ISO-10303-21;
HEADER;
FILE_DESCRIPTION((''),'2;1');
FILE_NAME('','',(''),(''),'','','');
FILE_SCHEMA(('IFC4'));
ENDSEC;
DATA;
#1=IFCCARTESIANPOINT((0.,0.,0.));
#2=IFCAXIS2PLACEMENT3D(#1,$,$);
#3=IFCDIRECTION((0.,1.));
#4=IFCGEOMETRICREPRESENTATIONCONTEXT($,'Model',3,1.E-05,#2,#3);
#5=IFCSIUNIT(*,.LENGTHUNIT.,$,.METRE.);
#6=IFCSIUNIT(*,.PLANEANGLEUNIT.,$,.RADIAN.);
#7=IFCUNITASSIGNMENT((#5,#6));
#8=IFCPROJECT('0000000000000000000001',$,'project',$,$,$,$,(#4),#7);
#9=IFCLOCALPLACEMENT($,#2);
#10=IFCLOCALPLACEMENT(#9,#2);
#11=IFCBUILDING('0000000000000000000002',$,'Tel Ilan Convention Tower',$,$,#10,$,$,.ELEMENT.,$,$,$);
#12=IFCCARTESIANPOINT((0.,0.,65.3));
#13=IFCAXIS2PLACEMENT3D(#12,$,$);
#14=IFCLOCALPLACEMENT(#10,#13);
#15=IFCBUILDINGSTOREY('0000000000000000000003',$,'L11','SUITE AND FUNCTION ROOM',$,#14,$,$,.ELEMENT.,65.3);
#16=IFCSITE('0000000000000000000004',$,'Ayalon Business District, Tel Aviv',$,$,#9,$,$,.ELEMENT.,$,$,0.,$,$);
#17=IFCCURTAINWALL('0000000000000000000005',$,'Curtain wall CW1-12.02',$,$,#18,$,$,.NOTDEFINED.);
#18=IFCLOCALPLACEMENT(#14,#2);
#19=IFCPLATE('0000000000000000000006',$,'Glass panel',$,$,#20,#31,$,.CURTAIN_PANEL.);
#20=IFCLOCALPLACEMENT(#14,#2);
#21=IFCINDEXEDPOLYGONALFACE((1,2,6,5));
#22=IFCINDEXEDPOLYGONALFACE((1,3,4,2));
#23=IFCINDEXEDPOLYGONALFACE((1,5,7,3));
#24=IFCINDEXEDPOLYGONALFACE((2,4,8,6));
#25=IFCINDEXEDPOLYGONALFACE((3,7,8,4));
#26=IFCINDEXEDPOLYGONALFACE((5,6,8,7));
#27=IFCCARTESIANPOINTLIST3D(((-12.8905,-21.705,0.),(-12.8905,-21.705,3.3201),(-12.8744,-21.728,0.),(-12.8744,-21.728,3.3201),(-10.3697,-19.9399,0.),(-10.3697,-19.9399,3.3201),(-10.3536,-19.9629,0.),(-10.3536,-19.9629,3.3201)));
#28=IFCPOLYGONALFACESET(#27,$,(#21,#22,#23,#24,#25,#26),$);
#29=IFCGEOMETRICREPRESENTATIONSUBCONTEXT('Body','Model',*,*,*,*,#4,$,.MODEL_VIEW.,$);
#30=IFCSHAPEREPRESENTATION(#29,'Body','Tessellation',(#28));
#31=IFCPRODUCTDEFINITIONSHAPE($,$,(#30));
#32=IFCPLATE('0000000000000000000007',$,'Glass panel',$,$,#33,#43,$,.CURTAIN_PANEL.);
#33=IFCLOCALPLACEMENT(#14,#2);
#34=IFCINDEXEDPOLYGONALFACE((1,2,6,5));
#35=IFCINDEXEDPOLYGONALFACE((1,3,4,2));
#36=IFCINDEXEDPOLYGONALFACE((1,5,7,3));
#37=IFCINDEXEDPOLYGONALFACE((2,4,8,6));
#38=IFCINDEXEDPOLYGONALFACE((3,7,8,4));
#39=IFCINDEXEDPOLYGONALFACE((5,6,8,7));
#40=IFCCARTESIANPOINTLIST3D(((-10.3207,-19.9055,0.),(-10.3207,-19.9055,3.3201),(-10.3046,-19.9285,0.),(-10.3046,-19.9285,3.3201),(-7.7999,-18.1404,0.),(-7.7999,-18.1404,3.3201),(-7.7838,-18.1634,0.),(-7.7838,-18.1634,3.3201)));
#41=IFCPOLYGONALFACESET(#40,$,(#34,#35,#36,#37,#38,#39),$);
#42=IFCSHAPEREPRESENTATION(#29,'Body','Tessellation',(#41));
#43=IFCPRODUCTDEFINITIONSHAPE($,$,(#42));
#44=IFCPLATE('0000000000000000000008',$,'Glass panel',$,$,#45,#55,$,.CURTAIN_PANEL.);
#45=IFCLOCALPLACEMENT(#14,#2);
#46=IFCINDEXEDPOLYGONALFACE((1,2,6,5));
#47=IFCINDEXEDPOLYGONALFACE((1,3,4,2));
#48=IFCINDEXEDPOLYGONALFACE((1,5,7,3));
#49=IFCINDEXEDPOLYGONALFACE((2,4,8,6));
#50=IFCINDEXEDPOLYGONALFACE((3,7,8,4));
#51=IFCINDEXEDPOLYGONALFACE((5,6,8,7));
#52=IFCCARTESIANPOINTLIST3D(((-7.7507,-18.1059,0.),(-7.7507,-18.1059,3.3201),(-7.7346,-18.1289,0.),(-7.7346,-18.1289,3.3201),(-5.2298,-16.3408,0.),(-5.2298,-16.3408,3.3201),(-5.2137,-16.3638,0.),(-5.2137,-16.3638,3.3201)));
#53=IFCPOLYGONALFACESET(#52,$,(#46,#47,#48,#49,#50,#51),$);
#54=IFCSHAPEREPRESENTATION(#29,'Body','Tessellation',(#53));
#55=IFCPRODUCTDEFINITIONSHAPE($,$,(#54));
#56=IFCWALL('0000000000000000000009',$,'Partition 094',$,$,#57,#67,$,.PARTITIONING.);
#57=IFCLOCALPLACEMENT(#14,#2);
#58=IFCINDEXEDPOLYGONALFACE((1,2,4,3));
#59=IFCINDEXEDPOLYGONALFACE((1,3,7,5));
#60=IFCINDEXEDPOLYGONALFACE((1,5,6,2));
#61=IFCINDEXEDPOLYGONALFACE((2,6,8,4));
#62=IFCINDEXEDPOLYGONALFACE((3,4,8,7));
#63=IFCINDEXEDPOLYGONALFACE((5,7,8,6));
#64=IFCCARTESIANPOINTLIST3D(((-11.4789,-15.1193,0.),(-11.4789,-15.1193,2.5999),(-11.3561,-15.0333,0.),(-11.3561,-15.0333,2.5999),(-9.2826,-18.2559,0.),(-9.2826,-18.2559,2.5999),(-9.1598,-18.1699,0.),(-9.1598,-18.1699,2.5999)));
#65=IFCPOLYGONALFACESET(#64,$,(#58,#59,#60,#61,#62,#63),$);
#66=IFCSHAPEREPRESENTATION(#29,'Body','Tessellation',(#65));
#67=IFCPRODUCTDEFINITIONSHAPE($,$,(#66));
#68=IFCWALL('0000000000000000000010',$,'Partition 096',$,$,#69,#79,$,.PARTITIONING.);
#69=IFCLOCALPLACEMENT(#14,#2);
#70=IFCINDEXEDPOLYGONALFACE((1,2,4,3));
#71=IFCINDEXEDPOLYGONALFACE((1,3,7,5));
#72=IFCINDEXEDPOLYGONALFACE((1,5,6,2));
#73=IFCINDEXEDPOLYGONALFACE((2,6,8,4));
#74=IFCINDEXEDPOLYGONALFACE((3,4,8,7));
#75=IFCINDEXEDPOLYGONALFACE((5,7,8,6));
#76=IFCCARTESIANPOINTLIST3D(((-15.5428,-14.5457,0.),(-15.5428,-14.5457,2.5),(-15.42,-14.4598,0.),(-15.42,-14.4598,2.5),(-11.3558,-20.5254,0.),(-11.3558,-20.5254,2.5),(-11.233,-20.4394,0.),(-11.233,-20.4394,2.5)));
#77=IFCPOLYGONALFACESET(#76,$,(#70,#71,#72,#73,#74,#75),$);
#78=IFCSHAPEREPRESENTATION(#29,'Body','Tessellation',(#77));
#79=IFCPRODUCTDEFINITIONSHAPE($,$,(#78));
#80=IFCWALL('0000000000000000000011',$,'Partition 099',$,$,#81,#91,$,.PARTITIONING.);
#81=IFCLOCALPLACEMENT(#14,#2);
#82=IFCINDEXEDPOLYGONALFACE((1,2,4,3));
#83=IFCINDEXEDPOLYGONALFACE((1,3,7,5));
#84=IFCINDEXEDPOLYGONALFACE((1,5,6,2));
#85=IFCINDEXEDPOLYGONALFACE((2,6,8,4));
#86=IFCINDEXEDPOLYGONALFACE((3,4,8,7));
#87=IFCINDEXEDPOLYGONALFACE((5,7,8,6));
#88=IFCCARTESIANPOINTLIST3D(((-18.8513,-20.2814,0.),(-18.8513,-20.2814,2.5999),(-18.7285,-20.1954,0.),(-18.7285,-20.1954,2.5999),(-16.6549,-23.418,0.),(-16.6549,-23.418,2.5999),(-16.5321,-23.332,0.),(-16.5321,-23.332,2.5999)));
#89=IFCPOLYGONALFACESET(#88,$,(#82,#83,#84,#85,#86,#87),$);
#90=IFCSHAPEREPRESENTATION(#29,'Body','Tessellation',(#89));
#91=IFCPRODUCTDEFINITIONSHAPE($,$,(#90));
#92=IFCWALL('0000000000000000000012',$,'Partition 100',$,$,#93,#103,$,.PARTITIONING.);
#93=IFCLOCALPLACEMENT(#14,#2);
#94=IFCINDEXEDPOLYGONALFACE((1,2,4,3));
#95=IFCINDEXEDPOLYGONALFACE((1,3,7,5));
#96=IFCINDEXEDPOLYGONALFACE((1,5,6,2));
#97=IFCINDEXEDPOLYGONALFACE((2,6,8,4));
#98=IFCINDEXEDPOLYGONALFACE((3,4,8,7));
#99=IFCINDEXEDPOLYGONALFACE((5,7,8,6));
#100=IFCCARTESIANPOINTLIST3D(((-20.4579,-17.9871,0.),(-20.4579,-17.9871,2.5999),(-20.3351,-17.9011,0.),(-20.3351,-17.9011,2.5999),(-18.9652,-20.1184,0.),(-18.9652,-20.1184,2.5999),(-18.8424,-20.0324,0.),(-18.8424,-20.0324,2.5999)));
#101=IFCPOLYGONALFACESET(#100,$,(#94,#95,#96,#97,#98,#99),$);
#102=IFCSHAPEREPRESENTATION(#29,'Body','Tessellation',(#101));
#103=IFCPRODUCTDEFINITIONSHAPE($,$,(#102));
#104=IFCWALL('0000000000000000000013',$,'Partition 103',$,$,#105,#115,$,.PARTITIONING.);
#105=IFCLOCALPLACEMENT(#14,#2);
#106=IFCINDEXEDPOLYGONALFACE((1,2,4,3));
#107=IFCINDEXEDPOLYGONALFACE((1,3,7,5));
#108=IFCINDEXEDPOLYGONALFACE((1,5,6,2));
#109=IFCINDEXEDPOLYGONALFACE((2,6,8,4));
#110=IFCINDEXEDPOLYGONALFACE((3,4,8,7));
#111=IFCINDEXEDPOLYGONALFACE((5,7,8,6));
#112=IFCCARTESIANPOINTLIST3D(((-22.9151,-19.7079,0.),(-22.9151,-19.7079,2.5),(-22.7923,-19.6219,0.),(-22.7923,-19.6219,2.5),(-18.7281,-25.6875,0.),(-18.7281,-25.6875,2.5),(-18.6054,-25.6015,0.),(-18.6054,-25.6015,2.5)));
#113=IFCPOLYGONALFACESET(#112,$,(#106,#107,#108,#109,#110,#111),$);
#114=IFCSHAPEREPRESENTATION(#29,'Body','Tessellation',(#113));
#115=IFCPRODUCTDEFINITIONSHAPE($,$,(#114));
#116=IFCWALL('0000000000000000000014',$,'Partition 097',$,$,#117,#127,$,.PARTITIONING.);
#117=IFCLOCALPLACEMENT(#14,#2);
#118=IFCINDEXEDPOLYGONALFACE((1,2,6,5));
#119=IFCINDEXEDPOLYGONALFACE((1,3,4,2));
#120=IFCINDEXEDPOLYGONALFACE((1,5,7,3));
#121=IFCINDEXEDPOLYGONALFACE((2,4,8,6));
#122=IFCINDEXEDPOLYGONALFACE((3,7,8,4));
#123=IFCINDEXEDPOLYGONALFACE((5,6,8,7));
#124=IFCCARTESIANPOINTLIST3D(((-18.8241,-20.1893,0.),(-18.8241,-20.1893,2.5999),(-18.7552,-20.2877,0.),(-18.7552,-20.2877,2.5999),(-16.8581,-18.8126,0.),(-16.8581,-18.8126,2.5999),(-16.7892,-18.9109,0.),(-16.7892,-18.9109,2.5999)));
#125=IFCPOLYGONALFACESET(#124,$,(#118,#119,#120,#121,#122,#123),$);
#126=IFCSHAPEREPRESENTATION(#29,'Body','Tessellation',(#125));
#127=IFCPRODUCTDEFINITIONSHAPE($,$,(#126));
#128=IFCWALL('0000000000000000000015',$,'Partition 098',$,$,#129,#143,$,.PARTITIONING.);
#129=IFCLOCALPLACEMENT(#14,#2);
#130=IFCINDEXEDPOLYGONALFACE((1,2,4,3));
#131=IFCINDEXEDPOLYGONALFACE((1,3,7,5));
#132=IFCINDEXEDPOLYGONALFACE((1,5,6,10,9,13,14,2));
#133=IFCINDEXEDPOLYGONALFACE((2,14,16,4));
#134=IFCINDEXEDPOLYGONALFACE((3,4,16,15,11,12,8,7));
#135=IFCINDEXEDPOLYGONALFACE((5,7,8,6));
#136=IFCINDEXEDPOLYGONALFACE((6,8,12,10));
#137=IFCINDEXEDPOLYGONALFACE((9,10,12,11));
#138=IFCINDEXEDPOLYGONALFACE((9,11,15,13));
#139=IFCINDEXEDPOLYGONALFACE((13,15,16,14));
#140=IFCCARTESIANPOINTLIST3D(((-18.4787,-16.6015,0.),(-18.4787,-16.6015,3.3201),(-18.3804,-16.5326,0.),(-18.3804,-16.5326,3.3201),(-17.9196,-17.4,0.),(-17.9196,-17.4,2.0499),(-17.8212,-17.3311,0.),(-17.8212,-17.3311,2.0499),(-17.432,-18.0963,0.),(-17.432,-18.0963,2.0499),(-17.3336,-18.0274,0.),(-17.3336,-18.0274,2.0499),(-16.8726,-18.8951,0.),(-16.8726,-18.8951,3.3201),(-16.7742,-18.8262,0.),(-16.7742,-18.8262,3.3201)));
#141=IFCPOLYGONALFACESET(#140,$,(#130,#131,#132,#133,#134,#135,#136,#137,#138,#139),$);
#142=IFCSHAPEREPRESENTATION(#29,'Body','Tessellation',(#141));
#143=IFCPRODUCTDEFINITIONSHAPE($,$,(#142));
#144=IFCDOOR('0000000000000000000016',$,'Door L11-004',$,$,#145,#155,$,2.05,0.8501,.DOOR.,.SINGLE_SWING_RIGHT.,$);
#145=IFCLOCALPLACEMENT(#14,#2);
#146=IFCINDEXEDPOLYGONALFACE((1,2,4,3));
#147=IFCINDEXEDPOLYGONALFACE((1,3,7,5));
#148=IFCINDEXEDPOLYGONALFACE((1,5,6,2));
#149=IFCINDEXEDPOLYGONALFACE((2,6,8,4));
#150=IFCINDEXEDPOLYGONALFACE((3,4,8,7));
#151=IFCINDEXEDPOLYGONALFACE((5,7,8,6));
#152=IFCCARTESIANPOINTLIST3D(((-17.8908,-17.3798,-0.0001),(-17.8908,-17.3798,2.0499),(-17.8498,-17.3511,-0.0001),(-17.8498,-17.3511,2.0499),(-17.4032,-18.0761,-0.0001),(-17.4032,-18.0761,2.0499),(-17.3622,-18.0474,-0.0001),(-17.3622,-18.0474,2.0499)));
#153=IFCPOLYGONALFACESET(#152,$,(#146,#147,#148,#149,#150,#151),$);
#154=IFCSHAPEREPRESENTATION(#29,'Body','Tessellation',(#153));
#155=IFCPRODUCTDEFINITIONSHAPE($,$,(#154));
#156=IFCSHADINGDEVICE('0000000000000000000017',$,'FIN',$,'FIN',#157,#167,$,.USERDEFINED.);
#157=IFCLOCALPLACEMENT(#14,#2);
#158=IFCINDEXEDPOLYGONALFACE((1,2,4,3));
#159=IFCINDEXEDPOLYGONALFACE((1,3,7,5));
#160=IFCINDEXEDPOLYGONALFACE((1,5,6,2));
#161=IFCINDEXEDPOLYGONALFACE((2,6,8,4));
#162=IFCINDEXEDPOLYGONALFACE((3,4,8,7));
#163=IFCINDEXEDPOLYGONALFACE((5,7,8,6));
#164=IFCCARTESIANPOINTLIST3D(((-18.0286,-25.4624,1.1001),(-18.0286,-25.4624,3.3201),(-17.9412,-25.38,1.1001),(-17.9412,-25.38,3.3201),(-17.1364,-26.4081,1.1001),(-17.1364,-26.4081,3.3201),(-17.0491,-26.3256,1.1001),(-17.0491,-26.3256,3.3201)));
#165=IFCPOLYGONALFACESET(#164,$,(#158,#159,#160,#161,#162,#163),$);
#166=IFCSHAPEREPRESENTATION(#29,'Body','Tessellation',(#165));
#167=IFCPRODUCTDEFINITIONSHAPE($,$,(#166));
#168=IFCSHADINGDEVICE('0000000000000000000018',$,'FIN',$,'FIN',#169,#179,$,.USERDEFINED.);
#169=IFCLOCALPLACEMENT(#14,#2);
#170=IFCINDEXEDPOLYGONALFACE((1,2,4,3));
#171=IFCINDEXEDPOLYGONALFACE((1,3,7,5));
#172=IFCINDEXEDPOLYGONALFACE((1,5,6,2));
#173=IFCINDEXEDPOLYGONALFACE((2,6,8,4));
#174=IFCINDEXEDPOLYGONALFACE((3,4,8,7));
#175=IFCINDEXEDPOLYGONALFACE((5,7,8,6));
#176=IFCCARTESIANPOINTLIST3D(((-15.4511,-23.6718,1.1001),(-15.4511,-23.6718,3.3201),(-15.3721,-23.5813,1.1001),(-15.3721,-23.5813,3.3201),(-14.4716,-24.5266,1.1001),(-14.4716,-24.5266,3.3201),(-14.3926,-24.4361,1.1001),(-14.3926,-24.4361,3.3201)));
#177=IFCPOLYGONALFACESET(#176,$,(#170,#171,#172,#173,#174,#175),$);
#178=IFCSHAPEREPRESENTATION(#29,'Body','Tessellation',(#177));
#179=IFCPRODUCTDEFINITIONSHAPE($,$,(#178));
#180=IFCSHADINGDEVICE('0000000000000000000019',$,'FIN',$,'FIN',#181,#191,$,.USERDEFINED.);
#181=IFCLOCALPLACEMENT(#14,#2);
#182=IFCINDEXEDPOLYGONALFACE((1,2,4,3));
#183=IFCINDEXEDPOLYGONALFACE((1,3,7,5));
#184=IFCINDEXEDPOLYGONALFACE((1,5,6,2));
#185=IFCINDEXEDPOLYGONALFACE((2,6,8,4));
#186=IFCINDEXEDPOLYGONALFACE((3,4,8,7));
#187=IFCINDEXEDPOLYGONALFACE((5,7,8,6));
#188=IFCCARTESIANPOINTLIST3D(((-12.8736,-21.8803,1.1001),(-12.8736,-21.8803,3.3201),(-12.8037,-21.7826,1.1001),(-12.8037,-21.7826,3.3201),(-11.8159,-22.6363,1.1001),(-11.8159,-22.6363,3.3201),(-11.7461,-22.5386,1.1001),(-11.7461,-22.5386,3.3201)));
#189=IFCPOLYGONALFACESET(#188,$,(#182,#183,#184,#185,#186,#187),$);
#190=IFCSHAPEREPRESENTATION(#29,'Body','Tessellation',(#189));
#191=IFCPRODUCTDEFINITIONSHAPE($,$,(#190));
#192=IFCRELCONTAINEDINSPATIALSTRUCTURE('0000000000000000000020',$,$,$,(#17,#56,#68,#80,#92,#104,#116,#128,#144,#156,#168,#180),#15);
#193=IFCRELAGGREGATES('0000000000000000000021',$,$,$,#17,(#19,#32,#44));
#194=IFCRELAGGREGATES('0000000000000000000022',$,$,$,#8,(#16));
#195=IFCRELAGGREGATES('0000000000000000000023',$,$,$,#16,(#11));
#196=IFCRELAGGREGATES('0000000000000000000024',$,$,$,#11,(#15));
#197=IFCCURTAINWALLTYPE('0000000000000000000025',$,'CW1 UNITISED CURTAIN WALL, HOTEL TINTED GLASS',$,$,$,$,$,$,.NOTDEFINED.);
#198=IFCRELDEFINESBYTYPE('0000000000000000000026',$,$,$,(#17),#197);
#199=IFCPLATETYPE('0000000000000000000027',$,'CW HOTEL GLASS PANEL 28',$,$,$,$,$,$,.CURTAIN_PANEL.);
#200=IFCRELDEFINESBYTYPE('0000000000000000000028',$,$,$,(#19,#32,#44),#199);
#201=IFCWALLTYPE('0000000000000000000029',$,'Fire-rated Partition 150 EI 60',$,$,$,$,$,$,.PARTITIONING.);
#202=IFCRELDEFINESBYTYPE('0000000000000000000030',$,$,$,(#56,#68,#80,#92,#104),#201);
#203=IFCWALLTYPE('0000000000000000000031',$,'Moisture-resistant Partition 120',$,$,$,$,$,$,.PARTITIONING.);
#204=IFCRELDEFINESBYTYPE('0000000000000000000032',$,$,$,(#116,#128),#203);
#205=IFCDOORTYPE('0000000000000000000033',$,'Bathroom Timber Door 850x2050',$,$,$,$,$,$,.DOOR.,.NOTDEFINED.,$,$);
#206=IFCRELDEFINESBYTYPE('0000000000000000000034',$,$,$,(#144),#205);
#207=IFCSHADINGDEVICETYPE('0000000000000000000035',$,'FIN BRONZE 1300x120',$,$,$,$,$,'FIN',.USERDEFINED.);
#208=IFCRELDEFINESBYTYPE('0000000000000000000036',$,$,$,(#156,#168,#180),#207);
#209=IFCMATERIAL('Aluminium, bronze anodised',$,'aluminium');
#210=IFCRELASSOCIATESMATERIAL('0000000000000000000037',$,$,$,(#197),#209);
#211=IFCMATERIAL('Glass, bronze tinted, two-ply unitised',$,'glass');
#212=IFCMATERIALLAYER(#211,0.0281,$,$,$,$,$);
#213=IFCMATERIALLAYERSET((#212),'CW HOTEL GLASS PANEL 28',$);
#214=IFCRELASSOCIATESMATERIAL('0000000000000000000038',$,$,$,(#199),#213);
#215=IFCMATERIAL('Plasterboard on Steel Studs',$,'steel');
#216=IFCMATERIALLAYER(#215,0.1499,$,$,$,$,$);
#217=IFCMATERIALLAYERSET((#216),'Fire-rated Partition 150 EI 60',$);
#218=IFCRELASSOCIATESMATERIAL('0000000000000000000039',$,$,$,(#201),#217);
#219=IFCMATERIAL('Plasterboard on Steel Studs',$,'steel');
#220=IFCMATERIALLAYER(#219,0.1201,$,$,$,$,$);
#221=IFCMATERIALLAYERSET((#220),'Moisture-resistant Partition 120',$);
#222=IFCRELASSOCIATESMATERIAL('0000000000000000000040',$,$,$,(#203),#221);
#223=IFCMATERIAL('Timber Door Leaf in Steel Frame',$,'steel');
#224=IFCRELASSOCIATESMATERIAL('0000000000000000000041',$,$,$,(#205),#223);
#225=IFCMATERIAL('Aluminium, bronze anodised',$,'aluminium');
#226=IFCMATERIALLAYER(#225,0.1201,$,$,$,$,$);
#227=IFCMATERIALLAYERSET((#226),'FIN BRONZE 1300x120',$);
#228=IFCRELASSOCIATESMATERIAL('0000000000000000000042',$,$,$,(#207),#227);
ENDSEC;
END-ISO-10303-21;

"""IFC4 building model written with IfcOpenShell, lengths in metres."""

from ifc_helpers import new_model, si_unit, direction, frame, frame_2d, origin, origin_2d, place, context, subcontext, project, spatial, rectangle, extrude, material, layer, layer_set, type_object, element, fill, aggregate, save


model = new_model("IFC4")

# Units and contexts
model_context = context("Model", 3, precision=1e-05, world=origin(), true_north=direction((0.0, 1.0)))
body_context = subcontext(model_context, "Body", "Model", "MODEL_VIEW")
ifc_project = project(units=[si_unit("LENGTHUNIT", "METRE"), si_unit("PLANEANGLEUNIT", "RADIAN")], contexts=[model_context])

# Site, building, storey
site_placement = place(None, origin())
site = spatial("IfcSite", under=ifc_project, at=site_placement, Name="Ayalon Business District, Tel Aviv", CompositionType="ELEMENT", RefElevation=0.0)
building_placement = place(site_placement, origin())
building = spatial("IfcBuilding", under=site, at=building_placement, Name="Tel Ilan Convention Tower", CompositionType="ELEMENT")
storey_placement = place(building_placement, frame((0.0, 0.0, 65.3)))
storey = spatial("IfcBuildingStorey", under=building, at=storey_placement, Name="L11", Description="SUITE AND FUNCTION ROOM", CompositionType="ELEMENT", Elevation=65.3)

# Curtain wall, plates
ifc_material_1 = material(Name="Aluminium, bronze anodised", Category="aluminium")
curtain_wall_type = type_object("IfcCurtainWallType", Name="CW1 UNITISED CURTAIN WALL, HOTEL TINTED GLASS", PredefinedType="NOTDEFINED", material=ifc_material_1)
curtain_wall_placement = place(storey_placement, origin())
curtain_wall = element("IfcCurtainWall", 1, at=curtain_wall_placement, inside=storey, type_object=curtain_wall_type, Name="Curtain wall CW1-12.02", PredefinedType="NOTDEFINED")
ifc_material_2 = material(Name="Glass, bronze tinted, two-ply unitised", Category="glass")
ifc_layer_1 = layer(ifc_material_2, 0.0281)
ifc_layer_set_1 = layer_set([ifc_layer_1], Name="CW HOTEL GLASS PANEL 28")
plate_type = type_object("IfcPlateType", Name="CW HOTEL GLASS PANEL 28", PredefinedType="CURTAIN_PANEL", material=ifc_layer_set_1)
plate_1_placement = place(storey_placement, frame((-11.6221, -20.834, 0.0), z_axis=(0.0, 0.0, 1.0), x_axis=(0.819152, 0.573576, 0.0)))
plate_1 = element("IfcPlate", 2, at=plate_1_placement, type_object=plate_type, Name="Glass panel", PredefinedType="CURTAIN_PANEL", context=body_context, shape_type="SweptSolid", body=[
    extrude(rectangle(XDim=3.0774, YDim=0.0281, at=origin_2d()), origin(), (0.0, 0.0, 1.0), 3.3201),
])
plate_2_placement = place(storey_placement, frame((-9.0522, -19.0344, 0.0), z_axis=(0.0, 0.0, 1.0), x_axis=(0.819152, 0.573576, 0.0)))
plate_2 = element("IfcPlate", 3, at=plate_2_placement, type_object=plate_type, Name="Glass panel", PredefinedType="CURTAIN_PANEL", context=body_context, shape_type="SweptSolid", body=[
    extrude(rectangle(XDim=3.0774, YDim=0.0281, at=origin_2d()), origin(), (0.0, 0.0, 1.0), 3.3201),
])
plate_3_placement = place(storey_placement, frame((-6.4822, -17.2349, 0.0), z_axis=(0.0, 0.0, 1.0), x_axis=(0.819152, 0.573576, 0.0)))
plate_3 = element("IfcPlate", 4, at=plate_3_placement, type_object=plate_type, Name="Glass panel", PredefinedType="CURTAIN_PANEL", context=body_context, shape_type="SweptSolid", body=[
    extrude(rectangle(XDim=3.0774, YDim=0.0281, at=origin_2d()), origin(), (0.0, 0.0, 1.0), 3.3201),
])
aggregate(curtain_wall, [plate_1, plate_2, plate_3])

# Walls
ifc_material_3 = material(Name="Plasterboard on Steel Studs", Category="steel")
ifc_layer_2 = layer(ifc_material_3, 0.1499)
ifc_layer_set_2 = layer_set([ifc_layer_2], Name="Fire-rated Partition 150 EI 60")
wall_type_1 = type_object("IfcWallType", Name="Fire-rated Partition 150 EI 60", PredefinedType="PARTITIONING", material=ifc_layer_set_2)
wall_1_placement = place(storey_placement, frame((-9.2212, -18.2129, 0.0), z_axis=(0.0, 0.0, 1.0), x_axis=(-0.573595, 0.819139, 0.0)))
element("IfcWall", 5, at=wall_1_placement, inside=storey, type_object=wall_type_1, Name="Partition 094", PredefinedType="PARTITIONING", context=body_context, shape_type="SweptSolid", body=[
    extrude(rectangle(XDim=3.8291, YDim=0.1499, at=frame_2d((1.9146, 0.0))), origin(), (0.0, 0.0, 1.0), 2.5999),
])
wall_2_placement = place(storey_placement, frame((-11.2944, -20.4824, 0.0), z_axis=(0.0, 0.0, 1.0), x_axis=(-0.573572, 0.819155, 0.0)))
element("IfcWall", 6, at=wall_2_placement, inside=storey, type_object=wall_type_1, Name="Partition 096", PredefinedType="PARTITIONING", context=body_context, shape_type="SweptSolid", body=[
    extrude(rectangle(XDim=7.2998, YDim=0.1499, at=frame_2d((3.6499, 0.0))), origin(), (0.0, 0.0, 1.0), 2.5),
])
wall_3_placement = place(storey_placement, frame((-16.5935, -23.375, 0.0), z_axis=(0.0, 0.0, 1.0), x_axis=(-0.573595, 0.819139, 0.0)))
element("IfcWall", 7, at=wall_3_placement, inside=storey, type_object=wall_type_1, Name="Partition 099", PredefinedType="PARTITIONING", context=body_context, shape_type="SweptSolid", body=[
    extrude(rectangle(XDim=3.8291, YDim=0.1499, at=frame_2d((1.9146, 0.0))), origin(), (0.0, 0.0, 1.0), 2.5999),
])
wall_4_placement = place(storey_placement, frame((-18.9038, -20.0754, 0.0), z_axis=(0.0, 0.0, 1.0), x_axis=(-0.573651, 0.8191, 0.0)))
element("IfcWall", 8, at=wall_4_placement, inside=storey, type_object=wall_type_1, Name="Partition 100", PredefinedType="PARTITIONING", context=body_context, shape_type="SweptSolid", body=[
    extrude(rectangle(XDim=2.6021, YDim=0.1499, at=frame_2d((1.301, 0.0))), origin(), (0.0, 0.0, 1.0), 2.5999),
])
wall_5_placement = place(storey_placement, frame((-18.6667, -25.6445, 0.0), z_axis=(0.0, 0.0, 1.0), x_axis=(-0.573572, 0.819155, 0.0)))
element("IfcWall", 9, at=wall_5_placement, inside=storey, type_object=wall_type_1, Name="Partition 103", PredefinedType="PARTITIONING", context=body_context, shape_type="SweptSolid", body=[
    extrude(rectangle(XDim=7.2998, YDim=0.1499, at=frame_2d((3.6499, 0.0))), origin(), (0.0, 0.0, 1.0), 2.5),
])
ifc_material_4 = material(Name="Plasterboard on Steel Studs", Category="steel")
ifc_layer_3 = layer(ifc_material_4, 0.1201)
ifc_layer_set_3 = layer_set([ifc_layer_3], Name="Moisture-resistant Partition 120")
wall_type_2 = type_object("IfcWallType", Name="Moisture-resistant Partition 120", PredefinedType="PARTITIONING", material=ifc_layer_set_3)
wall_6_placement = place(storey_placement, frame((-18.7898, -20.2385, 0.0), z_axis=(0.0, 0.0, 1.0), x_axis=(0.819141, 0.573592, 0.0)))
element("IfcWall", 10, at=wall_6_placement, inside=storey, type_object=wall_type_2, Name="Partition 097", PredefinedType="PARTITIONING", context=body_context, shape_type="SweptSolid", body=[
    extrude(rectangle(XDim=2.4001, YDim=0.1201, at=frame_2d((1.2002, 0.0))), origin(), (0.0, 0.0, 1.0), 2.5999),
])

# Wall, opening, door
wall_7_placement = place(storey_placement, frame((-16.8235, -18.8606, 0.0), z_axis=(0.0, 0.0, 1.0), x_axis=(-0.573609, 0.81913, 0.0)))
wall_7 = element("IfcWall", 11, at=wall_7_placement, inside=storey, type_object=wall_type_2, Name="Partition 098", PredefinedType="PARTITIONING", context=body_context, shape_type="SweptSolid", body=[
    extrude(rectangle(XDim=2.8, YDim=0.1201, at=frame_2d((1.3999, 0.0))), origin(), (0.0, 0.0, 1.0), 3.3201),
])
opening_placement = place(wall_7_placement, frame((0.9751, 0.0, 0.0)))
opening = element("IfcOpeningElement", 12, at=opening_placement, cuts=wall_7, PredefinedType="OPENING", context=body_context, shape_type="SweptSolid", body=[
    extrude(rectangle(XDim=0.8501, YDim=2.05, at=frame_2d((0.425, 1.0249))), frame((0.0, 0.0701, 0.0), z_axis=(0.0, -1.0, 0.0), x_axis=(1.0, 0.0, 0.0)), (0.0, 0.0, 1.0), 0.1401),
])
ifc_material_5 = material(Name="Timber Door Leaf in Steel Frame", Category="steel")
door_type = type_object("IfcDoorType", Name="Bathroom Timber Door 850x2050", OperationType="NOTDEFINED", PredefinedType="DOOR", material=ifc_material_5)
door_placement = place(opening_placement, origin())
door = element("IfcDoor", 13, at=door_placement, inside=storey, type_object=door_type, Name="Door L11-004", OperationType="SINGLE_SWING_RIGHT", OverallHeight=2.05, OverallWidth=0.8501, PredefinedType="DOOR", context=body_context, shape_type="SweptSolid", body=[
    extrude(rectangle(XDim=0.8501, YDim=2.05, at=frame_2d((0.425, 1.0249))), frame((0.0, 0.0249, 0.0), z_axis=(0.0, -1.0, 0.0), x_axis=(1.0, 0.0, 0.0)), (0.0, 0.0, 1.0), 0.05),
])
fill(opening, door)

# Shading devices
ifc_material_6 = material(Name="Aluminium, bronze anodised", Category="aluminium")
ifc_layer_4 = layer(ifc_material_6, 0.1201)
ifc_layer_set_4 = layer_set([ifc_layer_4], Name="FIN BRONZE 1300x120")
shading_device_type = type_object("IfcShadingDeviceType", Name="FIN BRONZE 1300x120", ElementType="FIN", PredefinedType="USERDEFINED", material=ifc_layer_set_4)
for number, where, z_axis, x_axis, name in (
    (14, (-17.5388, -25.894, 1.1001), (0.0, 0.0, 1.0), (0.686242, -0.727374, 0.0), "FIN"),
    (15, (-14.9219, -24.054, 1.1001), (0.0, 0.0, 1.0), (0.753436, -0.657521, 0.0), "FIN"),
    (16, (-12.3098, -22.2095, 1.1001), (0.0, 0.0, 1.0), (0.813552, -0.581492, 0.0), "FIN"),
):
    element("IfcShadingDevice", number, at=place(storey_placement, frame(where, z_axis=z_axis, x_axis=x_axis)), inside=storey, type_object=shading_device_type, Name=name, ObjectType="FIN", PredefinedType="USERDEFINED", context=body_context, shape_type="SweptSolid", body=[
        extrude(rectangle(XDim=1.3, YDim=0.1201, at=origin_2d()), origin(), (0.0, 0.0, 1.0), 2.22),
    ])

save(model, "model.ifc")
